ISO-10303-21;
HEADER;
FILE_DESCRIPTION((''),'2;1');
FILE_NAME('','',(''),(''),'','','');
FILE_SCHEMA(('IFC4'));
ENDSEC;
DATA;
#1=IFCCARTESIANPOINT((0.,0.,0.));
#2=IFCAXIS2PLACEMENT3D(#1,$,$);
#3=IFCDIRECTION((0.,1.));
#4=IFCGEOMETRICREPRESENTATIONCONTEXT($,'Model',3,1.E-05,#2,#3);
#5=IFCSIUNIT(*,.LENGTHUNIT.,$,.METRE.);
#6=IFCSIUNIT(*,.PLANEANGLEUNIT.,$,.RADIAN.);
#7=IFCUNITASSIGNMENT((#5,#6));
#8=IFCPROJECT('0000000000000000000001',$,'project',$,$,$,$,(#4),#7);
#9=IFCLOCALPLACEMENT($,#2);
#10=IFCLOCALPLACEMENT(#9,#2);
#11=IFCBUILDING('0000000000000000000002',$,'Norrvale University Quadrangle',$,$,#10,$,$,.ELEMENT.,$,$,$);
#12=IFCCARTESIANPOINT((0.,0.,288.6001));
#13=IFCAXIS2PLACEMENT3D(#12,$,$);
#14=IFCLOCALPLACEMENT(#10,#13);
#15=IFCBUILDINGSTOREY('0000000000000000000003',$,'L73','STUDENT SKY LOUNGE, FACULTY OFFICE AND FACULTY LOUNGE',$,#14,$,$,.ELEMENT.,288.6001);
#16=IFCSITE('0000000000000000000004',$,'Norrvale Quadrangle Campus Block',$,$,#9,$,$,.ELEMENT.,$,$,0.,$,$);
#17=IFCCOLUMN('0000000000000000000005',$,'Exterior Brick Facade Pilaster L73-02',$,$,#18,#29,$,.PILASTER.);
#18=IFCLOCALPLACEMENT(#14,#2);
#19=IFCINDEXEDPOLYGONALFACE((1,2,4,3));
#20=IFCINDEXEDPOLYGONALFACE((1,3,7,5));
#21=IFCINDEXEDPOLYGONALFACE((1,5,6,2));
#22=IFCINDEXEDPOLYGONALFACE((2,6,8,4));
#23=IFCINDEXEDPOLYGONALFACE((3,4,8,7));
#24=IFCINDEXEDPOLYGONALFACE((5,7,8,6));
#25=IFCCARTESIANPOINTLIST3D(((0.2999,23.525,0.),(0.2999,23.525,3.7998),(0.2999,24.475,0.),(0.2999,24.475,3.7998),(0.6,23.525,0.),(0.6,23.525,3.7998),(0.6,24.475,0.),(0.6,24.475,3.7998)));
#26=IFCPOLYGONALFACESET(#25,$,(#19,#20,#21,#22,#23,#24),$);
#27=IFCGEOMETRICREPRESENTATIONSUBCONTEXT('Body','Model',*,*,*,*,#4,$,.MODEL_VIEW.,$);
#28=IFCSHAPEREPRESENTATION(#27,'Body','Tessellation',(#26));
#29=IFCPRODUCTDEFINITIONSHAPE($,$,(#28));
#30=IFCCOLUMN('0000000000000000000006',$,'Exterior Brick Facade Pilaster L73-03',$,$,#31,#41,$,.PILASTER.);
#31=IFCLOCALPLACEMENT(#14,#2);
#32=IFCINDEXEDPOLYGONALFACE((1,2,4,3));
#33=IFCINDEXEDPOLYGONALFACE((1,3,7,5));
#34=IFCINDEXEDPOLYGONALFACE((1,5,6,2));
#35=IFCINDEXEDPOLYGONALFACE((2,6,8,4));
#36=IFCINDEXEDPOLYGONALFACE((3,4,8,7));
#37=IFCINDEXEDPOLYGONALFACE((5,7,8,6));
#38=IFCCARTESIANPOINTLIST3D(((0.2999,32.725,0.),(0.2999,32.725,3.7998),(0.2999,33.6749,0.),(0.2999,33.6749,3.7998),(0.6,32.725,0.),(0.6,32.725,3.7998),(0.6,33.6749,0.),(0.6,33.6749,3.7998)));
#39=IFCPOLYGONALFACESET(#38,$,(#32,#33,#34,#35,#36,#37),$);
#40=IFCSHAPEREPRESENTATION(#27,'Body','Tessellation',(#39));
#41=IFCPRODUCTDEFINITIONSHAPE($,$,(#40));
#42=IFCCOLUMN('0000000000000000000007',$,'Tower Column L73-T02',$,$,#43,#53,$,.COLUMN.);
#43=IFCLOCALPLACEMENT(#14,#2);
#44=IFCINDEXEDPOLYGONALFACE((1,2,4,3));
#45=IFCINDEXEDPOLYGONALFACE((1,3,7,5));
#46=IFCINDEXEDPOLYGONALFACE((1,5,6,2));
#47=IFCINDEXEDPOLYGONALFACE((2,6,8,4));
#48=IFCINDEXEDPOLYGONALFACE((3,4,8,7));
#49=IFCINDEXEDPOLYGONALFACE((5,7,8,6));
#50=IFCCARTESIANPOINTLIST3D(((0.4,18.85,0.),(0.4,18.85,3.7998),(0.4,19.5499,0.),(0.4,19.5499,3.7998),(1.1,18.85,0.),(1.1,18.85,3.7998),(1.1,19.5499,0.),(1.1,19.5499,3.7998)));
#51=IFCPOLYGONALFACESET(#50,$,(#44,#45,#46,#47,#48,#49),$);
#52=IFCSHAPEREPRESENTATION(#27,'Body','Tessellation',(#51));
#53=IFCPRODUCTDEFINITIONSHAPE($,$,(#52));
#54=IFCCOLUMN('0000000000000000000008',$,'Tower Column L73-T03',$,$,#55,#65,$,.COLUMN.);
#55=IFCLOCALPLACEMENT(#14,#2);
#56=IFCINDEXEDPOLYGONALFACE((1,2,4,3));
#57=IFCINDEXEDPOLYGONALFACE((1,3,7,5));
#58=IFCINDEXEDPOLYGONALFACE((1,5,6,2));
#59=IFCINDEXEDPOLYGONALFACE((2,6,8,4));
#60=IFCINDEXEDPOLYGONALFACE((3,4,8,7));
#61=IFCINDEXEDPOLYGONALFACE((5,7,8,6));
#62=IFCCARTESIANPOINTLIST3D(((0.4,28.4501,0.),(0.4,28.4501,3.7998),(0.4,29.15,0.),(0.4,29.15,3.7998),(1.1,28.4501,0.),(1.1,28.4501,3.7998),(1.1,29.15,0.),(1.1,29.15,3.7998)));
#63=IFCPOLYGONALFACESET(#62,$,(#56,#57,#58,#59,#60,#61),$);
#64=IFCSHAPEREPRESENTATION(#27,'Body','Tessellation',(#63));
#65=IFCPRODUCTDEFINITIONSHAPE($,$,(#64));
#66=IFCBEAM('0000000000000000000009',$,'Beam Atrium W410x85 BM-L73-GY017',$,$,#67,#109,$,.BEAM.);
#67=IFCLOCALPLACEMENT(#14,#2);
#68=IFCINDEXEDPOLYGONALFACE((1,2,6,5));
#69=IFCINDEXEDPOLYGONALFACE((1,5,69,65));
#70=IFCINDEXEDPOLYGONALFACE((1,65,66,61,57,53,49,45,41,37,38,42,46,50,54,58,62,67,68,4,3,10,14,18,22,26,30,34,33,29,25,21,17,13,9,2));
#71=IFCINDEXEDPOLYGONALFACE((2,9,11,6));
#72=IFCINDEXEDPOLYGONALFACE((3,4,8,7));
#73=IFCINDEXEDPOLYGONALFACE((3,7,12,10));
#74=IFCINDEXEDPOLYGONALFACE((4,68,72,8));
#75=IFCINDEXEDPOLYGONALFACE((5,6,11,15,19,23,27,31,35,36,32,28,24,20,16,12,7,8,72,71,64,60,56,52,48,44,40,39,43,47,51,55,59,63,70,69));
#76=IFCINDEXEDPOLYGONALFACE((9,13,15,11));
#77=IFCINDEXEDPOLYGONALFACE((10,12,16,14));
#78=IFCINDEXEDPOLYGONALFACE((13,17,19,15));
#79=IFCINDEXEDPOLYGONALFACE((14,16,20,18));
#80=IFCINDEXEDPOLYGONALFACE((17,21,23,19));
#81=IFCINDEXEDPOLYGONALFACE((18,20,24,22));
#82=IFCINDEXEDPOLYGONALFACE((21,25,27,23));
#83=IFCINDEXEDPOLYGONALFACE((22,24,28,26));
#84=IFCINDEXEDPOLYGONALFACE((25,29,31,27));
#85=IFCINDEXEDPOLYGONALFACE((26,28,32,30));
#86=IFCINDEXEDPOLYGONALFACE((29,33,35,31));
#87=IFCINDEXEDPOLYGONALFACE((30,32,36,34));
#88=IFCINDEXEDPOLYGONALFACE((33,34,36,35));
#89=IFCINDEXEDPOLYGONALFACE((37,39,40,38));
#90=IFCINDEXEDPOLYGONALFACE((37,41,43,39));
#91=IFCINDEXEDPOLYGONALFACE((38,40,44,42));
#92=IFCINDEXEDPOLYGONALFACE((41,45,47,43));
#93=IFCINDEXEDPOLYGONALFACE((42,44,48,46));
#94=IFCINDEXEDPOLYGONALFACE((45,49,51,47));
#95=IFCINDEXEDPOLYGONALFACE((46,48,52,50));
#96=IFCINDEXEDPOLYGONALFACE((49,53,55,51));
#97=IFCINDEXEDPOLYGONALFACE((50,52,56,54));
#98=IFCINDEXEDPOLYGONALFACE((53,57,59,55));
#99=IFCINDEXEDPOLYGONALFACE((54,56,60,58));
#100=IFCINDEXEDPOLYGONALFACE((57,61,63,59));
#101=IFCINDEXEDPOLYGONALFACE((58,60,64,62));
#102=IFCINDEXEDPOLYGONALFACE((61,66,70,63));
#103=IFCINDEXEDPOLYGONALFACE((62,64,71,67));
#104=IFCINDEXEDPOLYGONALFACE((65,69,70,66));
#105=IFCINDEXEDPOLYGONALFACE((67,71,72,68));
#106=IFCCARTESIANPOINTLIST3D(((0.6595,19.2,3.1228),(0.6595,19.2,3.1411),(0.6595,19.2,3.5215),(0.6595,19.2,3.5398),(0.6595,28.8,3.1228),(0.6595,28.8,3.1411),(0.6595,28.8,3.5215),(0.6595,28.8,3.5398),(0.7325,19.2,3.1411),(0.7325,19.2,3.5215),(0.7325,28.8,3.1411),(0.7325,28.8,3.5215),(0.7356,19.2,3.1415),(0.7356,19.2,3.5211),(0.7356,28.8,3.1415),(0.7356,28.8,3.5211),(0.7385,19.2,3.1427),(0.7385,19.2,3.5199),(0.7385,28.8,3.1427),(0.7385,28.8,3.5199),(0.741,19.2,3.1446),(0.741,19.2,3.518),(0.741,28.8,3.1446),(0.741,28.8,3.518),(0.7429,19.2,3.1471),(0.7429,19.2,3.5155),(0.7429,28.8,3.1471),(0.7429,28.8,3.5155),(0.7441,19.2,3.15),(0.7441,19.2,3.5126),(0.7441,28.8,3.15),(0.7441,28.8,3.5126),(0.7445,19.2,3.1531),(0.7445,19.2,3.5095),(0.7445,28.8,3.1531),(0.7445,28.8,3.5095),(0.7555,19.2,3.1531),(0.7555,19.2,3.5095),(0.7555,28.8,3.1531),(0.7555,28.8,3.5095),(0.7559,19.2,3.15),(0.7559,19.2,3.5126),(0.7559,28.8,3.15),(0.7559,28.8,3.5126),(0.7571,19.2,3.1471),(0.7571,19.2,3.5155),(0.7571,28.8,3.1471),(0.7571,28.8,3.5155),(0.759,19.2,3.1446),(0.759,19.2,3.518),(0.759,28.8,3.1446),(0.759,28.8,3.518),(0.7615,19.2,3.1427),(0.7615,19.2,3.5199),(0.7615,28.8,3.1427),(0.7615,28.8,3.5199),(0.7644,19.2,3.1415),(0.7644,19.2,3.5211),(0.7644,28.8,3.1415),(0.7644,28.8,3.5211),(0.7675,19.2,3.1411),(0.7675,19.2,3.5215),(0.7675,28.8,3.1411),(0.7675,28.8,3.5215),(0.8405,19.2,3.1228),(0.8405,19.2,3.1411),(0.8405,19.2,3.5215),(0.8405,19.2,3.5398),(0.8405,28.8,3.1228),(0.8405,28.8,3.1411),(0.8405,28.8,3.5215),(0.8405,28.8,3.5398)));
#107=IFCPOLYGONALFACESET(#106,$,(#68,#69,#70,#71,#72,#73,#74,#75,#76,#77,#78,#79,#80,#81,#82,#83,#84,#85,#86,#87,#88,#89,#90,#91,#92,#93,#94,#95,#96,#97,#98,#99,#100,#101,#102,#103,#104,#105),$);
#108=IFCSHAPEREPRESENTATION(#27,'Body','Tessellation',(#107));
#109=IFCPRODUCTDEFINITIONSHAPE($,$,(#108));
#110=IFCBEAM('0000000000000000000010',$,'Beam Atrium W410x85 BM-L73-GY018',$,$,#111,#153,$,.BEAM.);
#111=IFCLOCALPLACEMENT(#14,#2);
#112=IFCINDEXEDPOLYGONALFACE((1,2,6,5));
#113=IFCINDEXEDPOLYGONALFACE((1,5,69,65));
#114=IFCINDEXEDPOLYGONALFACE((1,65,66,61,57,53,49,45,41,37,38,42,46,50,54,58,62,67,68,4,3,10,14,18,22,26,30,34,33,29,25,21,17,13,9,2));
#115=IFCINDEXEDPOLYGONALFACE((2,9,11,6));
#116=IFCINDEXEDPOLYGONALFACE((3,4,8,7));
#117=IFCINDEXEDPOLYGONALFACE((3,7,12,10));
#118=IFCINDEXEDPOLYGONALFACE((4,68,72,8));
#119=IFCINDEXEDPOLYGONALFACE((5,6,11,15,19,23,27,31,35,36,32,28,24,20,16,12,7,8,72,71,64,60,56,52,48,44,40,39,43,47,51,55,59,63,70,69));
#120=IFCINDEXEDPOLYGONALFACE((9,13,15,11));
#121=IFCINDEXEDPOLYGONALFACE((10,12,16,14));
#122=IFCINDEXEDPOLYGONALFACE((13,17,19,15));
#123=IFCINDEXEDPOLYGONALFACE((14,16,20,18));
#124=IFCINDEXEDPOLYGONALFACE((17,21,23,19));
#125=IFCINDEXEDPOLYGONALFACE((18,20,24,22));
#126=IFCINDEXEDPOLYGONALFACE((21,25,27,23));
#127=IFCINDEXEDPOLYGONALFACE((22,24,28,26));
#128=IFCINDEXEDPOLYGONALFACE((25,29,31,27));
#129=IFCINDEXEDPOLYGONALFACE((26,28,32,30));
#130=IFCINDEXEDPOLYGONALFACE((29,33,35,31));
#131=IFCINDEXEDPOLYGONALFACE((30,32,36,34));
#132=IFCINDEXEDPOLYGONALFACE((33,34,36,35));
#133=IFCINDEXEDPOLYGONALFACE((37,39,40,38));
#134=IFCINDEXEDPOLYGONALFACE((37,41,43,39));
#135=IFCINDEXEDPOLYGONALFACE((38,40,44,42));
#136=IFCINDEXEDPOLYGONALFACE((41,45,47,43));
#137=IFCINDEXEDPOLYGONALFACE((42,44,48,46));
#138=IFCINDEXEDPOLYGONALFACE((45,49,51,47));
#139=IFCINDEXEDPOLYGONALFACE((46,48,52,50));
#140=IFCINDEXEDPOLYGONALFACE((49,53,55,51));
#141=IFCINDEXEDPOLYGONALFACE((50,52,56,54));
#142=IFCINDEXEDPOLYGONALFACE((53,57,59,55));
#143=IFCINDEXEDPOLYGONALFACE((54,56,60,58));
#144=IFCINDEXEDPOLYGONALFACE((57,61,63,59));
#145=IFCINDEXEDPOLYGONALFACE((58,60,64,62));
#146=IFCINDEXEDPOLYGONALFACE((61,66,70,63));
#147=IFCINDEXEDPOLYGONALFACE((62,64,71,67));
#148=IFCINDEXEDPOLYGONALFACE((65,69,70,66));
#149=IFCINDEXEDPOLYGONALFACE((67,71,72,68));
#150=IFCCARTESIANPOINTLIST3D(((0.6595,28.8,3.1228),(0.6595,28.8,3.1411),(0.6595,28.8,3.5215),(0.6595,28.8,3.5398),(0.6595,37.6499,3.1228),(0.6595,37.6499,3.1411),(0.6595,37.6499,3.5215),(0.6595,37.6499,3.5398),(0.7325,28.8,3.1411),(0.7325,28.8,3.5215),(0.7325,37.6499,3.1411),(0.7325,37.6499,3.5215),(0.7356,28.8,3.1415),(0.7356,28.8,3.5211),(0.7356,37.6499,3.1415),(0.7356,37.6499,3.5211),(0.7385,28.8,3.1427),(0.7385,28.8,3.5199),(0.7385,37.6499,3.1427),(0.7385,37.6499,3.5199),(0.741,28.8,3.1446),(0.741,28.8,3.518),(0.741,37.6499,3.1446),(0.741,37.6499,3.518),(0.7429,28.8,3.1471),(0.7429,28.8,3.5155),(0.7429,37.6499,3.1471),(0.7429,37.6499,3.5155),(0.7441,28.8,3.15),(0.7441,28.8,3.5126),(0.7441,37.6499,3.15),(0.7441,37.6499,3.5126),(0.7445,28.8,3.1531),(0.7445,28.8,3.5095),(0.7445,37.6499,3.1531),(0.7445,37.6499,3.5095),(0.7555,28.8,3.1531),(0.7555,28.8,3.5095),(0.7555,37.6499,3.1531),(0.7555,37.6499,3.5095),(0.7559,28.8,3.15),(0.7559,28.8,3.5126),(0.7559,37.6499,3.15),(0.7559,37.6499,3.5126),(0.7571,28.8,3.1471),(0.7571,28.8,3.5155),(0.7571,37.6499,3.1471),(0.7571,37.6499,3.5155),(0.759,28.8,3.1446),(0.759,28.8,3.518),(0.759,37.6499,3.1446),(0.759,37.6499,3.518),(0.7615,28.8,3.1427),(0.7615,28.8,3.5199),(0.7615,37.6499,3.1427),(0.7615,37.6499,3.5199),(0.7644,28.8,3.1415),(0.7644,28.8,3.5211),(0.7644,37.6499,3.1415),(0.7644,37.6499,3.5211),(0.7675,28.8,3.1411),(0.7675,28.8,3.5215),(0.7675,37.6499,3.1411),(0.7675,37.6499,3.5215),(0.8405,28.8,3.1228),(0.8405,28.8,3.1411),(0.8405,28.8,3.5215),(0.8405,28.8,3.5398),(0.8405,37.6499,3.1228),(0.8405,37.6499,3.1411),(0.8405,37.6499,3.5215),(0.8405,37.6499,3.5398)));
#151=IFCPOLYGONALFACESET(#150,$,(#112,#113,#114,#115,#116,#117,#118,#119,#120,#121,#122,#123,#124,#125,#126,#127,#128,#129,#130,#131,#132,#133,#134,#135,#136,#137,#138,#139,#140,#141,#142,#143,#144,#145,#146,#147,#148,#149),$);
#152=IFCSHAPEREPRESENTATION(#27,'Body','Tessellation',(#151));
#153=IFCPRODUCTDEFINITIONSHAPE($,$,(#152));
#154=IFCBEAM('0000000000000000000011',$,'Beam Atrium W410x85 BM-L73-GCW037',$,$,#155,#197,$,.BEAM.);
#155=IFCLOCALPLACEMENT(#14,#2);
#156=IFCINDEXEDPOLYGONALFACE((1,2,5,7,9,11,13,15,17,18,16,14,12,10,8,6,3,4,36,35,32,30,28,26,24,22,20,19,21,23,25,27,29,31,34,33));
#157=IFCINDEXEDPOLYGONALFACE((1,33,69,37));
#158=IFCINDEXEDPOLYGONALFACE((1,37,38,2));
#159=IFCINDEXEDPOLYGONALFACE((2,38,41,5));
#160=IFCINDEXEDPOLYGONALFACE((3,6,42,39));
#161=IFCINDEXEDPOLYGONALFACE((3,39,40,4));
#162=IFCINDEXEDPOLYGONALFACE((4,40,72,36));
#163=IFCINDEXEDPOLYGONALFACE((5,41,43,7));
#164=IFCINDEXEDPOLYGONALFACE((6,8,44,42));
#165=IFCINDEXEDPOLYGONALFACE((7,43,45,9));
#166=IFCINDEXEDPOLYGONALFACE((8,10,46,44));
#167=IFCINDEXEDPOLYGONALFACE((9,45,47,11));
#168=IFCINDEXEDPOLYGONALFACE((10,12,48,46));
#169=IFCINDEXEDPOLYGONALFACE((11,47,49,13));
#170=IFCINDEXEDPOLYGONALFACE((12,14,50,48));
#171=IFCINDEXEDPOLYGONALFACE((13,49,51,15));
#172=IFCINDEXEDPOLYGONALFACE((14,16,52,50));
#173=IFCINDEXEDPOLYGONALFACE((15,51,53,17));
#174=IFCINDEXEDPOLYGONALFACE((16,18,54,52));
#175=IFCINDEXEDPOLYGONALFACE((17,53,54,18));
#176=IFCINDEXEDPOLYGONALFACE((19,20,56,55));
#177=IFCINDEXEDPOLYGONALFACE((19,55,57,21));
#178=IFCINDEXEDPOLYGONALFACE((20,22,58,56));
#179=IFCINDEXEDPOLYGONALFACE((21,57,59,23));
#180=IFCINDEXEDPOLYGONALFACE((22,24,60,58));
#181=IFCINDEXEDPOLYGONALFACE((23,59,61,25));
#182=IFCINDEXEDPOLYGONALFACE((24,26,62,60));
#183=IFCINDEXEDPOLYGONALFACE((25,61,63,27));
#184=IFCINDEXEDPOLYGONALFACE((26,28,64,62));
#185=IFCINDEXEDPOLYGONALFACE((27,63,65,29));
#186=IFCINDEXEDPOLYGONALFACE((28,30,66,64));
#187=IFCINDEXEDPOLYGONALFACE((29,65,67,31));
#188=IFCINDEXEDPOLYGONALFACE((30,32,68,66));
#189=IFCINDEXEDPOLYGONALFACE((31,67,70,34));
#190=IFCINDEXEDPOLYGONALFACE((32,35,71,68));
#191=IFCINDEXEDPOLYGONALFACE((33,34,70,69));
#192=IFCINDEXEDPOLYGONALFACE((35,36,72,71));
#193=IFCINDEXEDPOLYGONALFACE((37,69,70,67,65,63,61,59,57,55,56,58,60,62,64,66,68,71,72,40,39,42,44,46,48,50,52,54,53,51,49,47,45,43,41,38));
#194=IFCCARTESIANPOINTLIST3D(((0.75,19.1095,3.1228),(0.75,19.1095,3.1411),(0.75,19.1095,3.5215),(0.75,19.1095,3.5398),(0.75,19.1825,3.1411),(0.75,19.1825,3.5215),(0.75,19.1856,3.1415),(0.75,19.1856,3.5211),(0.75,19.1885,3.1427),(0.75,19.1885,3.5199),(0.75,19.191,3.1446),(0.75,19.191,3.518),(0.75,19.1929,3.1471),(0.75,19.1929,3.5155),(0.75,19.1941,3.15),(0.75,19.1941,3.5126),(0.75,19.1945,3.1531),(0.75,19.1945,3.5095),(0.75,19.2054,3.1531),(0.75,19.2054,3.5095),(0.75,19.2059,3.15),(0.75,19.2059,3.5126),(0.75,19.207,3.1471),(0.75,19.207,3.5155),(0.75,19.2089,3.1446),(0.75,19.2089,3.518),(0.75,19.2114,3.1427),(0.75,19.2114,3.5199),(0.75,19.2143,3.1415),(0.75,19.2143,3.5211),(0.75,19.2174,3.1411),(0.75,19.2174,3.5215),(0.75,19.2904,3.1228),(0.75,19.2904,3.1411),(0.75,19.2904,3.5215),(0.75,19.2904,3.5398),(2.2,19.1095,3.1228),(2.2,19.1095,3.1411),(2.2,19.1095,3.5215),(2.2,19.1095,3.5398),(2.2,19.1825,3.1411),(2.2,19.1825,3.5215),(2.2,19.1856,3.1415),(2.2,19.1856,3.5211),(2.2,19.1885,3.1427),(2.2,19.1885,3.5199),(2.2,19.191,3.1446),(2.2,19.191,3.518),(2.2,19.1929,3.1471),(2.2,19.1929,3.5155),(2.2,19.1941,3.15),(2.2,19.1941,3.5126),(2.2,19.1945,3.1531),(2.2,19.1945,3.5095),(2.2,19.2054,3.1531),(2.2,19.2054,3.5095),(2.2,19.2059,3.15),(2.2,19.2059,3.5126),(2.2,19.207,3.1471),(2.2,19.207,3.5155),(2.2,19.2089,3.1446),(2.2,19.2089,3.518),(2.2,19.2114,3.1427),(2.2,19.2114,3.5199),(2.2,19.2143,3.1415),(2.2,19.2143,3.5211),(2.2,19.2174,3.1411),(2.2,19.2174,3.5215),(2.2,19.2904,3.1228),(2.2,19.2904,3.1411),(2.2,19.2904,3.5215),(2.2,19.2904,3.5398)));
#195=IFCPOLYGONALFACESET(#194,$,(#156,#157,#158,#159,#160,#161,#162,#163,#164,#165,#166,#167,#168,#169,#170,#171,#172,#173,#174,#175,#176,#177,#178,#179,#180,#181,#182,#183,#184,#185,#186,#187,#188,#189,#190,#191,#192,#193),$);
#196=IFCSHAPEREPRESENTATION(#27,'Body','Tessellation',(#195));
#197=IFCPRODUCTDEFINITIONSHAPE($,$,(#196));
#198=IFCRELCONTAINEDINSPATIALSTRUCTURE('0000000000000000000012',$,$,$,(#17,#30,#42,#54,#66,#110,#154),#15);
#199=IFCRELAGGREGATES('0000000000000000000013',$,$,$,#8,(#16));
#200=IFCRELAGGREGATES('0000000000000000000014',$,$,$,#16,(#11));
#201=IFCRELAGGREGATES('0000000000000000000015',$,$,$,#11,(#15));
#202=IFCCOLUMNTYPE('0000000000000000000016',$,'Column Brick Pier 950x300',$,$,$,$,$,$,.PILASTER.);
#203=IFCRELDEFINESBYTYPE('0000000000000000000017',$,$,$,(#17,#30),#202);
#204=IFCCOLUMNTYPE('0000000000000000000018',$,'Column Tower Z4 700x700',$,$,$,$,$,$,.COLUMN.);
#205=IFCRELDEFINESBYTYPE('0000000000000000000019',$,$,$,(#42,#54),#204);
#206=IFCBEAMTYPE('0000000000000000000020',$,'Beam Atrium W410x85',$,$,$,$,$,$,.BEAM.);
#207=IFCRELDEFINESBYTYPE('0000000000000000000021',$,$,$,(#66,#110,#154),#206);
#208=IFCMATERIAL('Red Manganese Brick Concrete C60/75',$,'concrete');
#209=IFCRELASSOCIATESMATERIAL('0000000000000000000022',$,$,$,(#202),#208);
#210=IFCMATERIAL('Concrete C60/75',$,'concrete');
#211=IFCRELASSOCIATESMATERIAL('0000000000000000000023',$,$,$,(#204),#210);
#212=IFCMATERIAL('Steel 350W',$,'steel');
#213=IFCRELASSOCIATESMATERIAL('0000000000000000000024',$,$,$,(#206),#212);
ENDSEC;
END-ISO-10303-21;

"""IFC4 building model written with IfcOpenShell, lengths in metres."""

from ifc_helpers import new_model, si_unit, direction, frame, origin, origin_2d, place, context, subcontext, project, spatial, rectangle, i_section, extrude, material, material_profile, profile_set, type_object, element, save


model = new_model("IFC4")

# Units and contexts
model_context = context("Model", 3, precision=1e-05, world=origin(), true_north=direction((0.0, 1.0)))
body_context = subcontext(model_context, "Body", "Model", "MODEL_VIEW")
ifc_project = project(units=[si_unit("LENGTHUNIT", "METRE"), si_unit("PLANEANGLEUNIT", "RADIAN")], contexts=[model_context])

# Site, building, storey
site_placement = place(None, origin())
site = spatial("IfcSite", under=ifc_project, at=site_placement, Name="Norrvale Quadrangle Campus Block", CompositionType="ELEMENT", RefElevation=0.0)
building_placement = place(site_placement, origin())
building = spatial("IfcBuilding", under=site, at=building_placement, Name="Norrvale University Quadrangle", CompositionType="ELEMENT")
storey_placement = place(building_placement, frame((0.0, 0.0, 288.6001)))
storey = spatial("IfcBuildingStorey", under=building, at=storey_placement, Name="L73", Description="STUDENT SKY LOUNGE, FACULTY OFFICE AND FACULTY LOUNGE", CompositionType="ELEMENT", Elevation=288.6001)

# Columns
ifc_material_1 = material(Name="Red Manganese Brick Concrete C60/75", Category="concrete")
ifc_material_profile_1 = material_profile(ifc_material_1, rectangle(XDim=0.95, YDim=0.3, at=origin_2d()), Name="Red Manganese Brick Concrete C60/75")
ifc_profile_set_1 = profile_set([ifc_material_profile_1], Name="Red Manganese Brick Concrete C60/75")
column_type_1 = type_object("IfcColumnType", Name="Column Brick Pier 950x300", PredefinedType="PILASTER", material=ifc_profile_set_1)
for number, where, z_axis, x_axis, name in (
    (1, (0.45, 24.0, 0.0), (0.0, 0.0, 1.0), (0.0, 1.0, 0.0), "Exterior Brick Facade Pilaster L73-02"),
    (2, (0.45, 33.2, 0.0), (0.0, 0.0, 1.0), (0.0, 1.0, 0.0), "Exterior Brick Facade Pilaster L73-03"),
):
    element("IfcColumn", number, at=place(storey_placement, frame(where, z_axis=z_axis, x_axis=x_axis)), inside=storey, type_object=column_type_1, Name=name, PredefinedType="PILASTER", context=body_context, shape_type="SweptSolid", body=[
        extrude(rectangle(XDim=0.95, YDim=0.3, at=origin_2d()), origin(), (0.0, 0.0, 1.0), 3.7998),
    ])
ifc_material_2 = material(Name="Concrete C60/75", Category="concrete")
ifc_material_profile_2 = material_profile(ifc_material_2, rectangle(XDim=0.7, YDim=0.7, at=origin_2d()), Name="Concrete C60/75")
ifc_profile_set_2 = profile_set([ifc_material_profile_2], Name="Concrete C60/75")
column_type_2 = type_object("IfcColumnType", Name="Column Tower Z4 700x700", PredefinedType="COLUMN", material=ifc_profile_set_2)
for number, where, z_axis, x_axis, name in (
    (3, (0.75, 19.2, 0.0), (0.0, 0.0, 1.0), (1.0, 0.0, 0.0), "Tower Column L73-T02"),
    (4, (0.75, 28.8, 0.0), (0.0, 0.0, 1.0), (1.0, 0.0, 0.0), "Tower Column L73-T03"),
):
    element("IfcColumn", number, at=place(storey_placement, frame(where, z_axis=z_axis, x_axis=x_axis)), inside=storey, type_object=column_type_2, Name=name, PredefinedType="COLUMN", context=body_context, shape_type="SweptSolid", body=[
        extrude(rectangle(XDim=0.7, YDim=0.7, at=origin_2d()), origin(), (0.0, 0.0, 1.0), 3.7998),
    ])

# Beams
ifc_material_3 = material(Name="Steel 350W", Category="steel")
ifc_material_profile_3 = material_profile(ifc_material_3, i_section(OverallWidth=0.1809, OverallDepth=0.417, WebThickness=0.011, FlangeThickness=0.0183, FilletRadius=0.012, at=origin_2d()), Name="Steel 350W")
ifc_profile_set_3 = profile_set([ifc_material_profile_3], Name="Steel 350W")
beam_type = type_object("IfcBeamType", Name="Beam Atrium W410x85", PredefinedType="BEAM", material=ifc_profile_set_3)
beam_1_placement = place(storey_placement, frame((0.75, 19.2, 3.3313), z_axis=(0.0, 1.0, 0.0), x_axis=(-1.0, 0.0, 0.0)))
element("IfcBeam", 5, at=beam_1_placement, inside=storey, type_object=beam_type, Name="Beam Atrium W410x85 BM-L73-GY017", PredefinedType="BEAM", context=body_context, shape_type="SweptSolid", body=[
    extrude(i_section(OverallWidth=0.1809, OverallDepth=0.417, WebThickness=0.011, FlangeThickness=0.0183, FilletRadius=0.012, at=origin_2d()), origin(), (0.0, 0.0, 1.0), 9.6001),
])
beam_2_placement = place(storey_placement, frame((0.75, 28.8, 3.3313), z_axis=(0.0, 1.0, 0.0), x_axis=(-1.0, 0.0, 0.0)))
element("IfcBeam", 6, at=beam_2_placement, inside=storey, type_object=beam_type, Name="Beam Atrium W410x85 BM-L73-GY018", PredefinedType="BEAM", context=body_context, shape_type="SweptSolid", body=[
    extrude(i_section(OverallWidth=0.1809, OverallDepth=0.417, WebThickness=0.011, FlangeThickness=0.0183, FilletRadius=0.012, at=origin_2d()), origin(), (0.0, 0.0, 1.0), 8.8499),
])
for number, where, z_axis, x_axis, name in (
    (7, (0.75, 19.2, 3.3313), (1.0, 0.0, 0.0), (0.0, 1.0, 0.0), "Beam Atrium W410x85 BM-L73-GCW037"),
):
    element("IfcBeam", number, at=place(storey_placement, frame(where, z_axis=z_axis, x_axis=x_axis)), inside=storey, type_object=beam_type, Name=name, PredefinedType="BEAM", context=body_context, shape_type="SweptSolid", body=[
        extrude(i_section(OverallWidth=0.1809, OverallDepth=0.417, WebThickness=0.011, FlangeThickness=0.0183, FilletRadius=0.012, at=origin_2d()), origin(), (0.0, 0.0, 1.0), 1.45),
    ])

save(model, "model.ifc")
